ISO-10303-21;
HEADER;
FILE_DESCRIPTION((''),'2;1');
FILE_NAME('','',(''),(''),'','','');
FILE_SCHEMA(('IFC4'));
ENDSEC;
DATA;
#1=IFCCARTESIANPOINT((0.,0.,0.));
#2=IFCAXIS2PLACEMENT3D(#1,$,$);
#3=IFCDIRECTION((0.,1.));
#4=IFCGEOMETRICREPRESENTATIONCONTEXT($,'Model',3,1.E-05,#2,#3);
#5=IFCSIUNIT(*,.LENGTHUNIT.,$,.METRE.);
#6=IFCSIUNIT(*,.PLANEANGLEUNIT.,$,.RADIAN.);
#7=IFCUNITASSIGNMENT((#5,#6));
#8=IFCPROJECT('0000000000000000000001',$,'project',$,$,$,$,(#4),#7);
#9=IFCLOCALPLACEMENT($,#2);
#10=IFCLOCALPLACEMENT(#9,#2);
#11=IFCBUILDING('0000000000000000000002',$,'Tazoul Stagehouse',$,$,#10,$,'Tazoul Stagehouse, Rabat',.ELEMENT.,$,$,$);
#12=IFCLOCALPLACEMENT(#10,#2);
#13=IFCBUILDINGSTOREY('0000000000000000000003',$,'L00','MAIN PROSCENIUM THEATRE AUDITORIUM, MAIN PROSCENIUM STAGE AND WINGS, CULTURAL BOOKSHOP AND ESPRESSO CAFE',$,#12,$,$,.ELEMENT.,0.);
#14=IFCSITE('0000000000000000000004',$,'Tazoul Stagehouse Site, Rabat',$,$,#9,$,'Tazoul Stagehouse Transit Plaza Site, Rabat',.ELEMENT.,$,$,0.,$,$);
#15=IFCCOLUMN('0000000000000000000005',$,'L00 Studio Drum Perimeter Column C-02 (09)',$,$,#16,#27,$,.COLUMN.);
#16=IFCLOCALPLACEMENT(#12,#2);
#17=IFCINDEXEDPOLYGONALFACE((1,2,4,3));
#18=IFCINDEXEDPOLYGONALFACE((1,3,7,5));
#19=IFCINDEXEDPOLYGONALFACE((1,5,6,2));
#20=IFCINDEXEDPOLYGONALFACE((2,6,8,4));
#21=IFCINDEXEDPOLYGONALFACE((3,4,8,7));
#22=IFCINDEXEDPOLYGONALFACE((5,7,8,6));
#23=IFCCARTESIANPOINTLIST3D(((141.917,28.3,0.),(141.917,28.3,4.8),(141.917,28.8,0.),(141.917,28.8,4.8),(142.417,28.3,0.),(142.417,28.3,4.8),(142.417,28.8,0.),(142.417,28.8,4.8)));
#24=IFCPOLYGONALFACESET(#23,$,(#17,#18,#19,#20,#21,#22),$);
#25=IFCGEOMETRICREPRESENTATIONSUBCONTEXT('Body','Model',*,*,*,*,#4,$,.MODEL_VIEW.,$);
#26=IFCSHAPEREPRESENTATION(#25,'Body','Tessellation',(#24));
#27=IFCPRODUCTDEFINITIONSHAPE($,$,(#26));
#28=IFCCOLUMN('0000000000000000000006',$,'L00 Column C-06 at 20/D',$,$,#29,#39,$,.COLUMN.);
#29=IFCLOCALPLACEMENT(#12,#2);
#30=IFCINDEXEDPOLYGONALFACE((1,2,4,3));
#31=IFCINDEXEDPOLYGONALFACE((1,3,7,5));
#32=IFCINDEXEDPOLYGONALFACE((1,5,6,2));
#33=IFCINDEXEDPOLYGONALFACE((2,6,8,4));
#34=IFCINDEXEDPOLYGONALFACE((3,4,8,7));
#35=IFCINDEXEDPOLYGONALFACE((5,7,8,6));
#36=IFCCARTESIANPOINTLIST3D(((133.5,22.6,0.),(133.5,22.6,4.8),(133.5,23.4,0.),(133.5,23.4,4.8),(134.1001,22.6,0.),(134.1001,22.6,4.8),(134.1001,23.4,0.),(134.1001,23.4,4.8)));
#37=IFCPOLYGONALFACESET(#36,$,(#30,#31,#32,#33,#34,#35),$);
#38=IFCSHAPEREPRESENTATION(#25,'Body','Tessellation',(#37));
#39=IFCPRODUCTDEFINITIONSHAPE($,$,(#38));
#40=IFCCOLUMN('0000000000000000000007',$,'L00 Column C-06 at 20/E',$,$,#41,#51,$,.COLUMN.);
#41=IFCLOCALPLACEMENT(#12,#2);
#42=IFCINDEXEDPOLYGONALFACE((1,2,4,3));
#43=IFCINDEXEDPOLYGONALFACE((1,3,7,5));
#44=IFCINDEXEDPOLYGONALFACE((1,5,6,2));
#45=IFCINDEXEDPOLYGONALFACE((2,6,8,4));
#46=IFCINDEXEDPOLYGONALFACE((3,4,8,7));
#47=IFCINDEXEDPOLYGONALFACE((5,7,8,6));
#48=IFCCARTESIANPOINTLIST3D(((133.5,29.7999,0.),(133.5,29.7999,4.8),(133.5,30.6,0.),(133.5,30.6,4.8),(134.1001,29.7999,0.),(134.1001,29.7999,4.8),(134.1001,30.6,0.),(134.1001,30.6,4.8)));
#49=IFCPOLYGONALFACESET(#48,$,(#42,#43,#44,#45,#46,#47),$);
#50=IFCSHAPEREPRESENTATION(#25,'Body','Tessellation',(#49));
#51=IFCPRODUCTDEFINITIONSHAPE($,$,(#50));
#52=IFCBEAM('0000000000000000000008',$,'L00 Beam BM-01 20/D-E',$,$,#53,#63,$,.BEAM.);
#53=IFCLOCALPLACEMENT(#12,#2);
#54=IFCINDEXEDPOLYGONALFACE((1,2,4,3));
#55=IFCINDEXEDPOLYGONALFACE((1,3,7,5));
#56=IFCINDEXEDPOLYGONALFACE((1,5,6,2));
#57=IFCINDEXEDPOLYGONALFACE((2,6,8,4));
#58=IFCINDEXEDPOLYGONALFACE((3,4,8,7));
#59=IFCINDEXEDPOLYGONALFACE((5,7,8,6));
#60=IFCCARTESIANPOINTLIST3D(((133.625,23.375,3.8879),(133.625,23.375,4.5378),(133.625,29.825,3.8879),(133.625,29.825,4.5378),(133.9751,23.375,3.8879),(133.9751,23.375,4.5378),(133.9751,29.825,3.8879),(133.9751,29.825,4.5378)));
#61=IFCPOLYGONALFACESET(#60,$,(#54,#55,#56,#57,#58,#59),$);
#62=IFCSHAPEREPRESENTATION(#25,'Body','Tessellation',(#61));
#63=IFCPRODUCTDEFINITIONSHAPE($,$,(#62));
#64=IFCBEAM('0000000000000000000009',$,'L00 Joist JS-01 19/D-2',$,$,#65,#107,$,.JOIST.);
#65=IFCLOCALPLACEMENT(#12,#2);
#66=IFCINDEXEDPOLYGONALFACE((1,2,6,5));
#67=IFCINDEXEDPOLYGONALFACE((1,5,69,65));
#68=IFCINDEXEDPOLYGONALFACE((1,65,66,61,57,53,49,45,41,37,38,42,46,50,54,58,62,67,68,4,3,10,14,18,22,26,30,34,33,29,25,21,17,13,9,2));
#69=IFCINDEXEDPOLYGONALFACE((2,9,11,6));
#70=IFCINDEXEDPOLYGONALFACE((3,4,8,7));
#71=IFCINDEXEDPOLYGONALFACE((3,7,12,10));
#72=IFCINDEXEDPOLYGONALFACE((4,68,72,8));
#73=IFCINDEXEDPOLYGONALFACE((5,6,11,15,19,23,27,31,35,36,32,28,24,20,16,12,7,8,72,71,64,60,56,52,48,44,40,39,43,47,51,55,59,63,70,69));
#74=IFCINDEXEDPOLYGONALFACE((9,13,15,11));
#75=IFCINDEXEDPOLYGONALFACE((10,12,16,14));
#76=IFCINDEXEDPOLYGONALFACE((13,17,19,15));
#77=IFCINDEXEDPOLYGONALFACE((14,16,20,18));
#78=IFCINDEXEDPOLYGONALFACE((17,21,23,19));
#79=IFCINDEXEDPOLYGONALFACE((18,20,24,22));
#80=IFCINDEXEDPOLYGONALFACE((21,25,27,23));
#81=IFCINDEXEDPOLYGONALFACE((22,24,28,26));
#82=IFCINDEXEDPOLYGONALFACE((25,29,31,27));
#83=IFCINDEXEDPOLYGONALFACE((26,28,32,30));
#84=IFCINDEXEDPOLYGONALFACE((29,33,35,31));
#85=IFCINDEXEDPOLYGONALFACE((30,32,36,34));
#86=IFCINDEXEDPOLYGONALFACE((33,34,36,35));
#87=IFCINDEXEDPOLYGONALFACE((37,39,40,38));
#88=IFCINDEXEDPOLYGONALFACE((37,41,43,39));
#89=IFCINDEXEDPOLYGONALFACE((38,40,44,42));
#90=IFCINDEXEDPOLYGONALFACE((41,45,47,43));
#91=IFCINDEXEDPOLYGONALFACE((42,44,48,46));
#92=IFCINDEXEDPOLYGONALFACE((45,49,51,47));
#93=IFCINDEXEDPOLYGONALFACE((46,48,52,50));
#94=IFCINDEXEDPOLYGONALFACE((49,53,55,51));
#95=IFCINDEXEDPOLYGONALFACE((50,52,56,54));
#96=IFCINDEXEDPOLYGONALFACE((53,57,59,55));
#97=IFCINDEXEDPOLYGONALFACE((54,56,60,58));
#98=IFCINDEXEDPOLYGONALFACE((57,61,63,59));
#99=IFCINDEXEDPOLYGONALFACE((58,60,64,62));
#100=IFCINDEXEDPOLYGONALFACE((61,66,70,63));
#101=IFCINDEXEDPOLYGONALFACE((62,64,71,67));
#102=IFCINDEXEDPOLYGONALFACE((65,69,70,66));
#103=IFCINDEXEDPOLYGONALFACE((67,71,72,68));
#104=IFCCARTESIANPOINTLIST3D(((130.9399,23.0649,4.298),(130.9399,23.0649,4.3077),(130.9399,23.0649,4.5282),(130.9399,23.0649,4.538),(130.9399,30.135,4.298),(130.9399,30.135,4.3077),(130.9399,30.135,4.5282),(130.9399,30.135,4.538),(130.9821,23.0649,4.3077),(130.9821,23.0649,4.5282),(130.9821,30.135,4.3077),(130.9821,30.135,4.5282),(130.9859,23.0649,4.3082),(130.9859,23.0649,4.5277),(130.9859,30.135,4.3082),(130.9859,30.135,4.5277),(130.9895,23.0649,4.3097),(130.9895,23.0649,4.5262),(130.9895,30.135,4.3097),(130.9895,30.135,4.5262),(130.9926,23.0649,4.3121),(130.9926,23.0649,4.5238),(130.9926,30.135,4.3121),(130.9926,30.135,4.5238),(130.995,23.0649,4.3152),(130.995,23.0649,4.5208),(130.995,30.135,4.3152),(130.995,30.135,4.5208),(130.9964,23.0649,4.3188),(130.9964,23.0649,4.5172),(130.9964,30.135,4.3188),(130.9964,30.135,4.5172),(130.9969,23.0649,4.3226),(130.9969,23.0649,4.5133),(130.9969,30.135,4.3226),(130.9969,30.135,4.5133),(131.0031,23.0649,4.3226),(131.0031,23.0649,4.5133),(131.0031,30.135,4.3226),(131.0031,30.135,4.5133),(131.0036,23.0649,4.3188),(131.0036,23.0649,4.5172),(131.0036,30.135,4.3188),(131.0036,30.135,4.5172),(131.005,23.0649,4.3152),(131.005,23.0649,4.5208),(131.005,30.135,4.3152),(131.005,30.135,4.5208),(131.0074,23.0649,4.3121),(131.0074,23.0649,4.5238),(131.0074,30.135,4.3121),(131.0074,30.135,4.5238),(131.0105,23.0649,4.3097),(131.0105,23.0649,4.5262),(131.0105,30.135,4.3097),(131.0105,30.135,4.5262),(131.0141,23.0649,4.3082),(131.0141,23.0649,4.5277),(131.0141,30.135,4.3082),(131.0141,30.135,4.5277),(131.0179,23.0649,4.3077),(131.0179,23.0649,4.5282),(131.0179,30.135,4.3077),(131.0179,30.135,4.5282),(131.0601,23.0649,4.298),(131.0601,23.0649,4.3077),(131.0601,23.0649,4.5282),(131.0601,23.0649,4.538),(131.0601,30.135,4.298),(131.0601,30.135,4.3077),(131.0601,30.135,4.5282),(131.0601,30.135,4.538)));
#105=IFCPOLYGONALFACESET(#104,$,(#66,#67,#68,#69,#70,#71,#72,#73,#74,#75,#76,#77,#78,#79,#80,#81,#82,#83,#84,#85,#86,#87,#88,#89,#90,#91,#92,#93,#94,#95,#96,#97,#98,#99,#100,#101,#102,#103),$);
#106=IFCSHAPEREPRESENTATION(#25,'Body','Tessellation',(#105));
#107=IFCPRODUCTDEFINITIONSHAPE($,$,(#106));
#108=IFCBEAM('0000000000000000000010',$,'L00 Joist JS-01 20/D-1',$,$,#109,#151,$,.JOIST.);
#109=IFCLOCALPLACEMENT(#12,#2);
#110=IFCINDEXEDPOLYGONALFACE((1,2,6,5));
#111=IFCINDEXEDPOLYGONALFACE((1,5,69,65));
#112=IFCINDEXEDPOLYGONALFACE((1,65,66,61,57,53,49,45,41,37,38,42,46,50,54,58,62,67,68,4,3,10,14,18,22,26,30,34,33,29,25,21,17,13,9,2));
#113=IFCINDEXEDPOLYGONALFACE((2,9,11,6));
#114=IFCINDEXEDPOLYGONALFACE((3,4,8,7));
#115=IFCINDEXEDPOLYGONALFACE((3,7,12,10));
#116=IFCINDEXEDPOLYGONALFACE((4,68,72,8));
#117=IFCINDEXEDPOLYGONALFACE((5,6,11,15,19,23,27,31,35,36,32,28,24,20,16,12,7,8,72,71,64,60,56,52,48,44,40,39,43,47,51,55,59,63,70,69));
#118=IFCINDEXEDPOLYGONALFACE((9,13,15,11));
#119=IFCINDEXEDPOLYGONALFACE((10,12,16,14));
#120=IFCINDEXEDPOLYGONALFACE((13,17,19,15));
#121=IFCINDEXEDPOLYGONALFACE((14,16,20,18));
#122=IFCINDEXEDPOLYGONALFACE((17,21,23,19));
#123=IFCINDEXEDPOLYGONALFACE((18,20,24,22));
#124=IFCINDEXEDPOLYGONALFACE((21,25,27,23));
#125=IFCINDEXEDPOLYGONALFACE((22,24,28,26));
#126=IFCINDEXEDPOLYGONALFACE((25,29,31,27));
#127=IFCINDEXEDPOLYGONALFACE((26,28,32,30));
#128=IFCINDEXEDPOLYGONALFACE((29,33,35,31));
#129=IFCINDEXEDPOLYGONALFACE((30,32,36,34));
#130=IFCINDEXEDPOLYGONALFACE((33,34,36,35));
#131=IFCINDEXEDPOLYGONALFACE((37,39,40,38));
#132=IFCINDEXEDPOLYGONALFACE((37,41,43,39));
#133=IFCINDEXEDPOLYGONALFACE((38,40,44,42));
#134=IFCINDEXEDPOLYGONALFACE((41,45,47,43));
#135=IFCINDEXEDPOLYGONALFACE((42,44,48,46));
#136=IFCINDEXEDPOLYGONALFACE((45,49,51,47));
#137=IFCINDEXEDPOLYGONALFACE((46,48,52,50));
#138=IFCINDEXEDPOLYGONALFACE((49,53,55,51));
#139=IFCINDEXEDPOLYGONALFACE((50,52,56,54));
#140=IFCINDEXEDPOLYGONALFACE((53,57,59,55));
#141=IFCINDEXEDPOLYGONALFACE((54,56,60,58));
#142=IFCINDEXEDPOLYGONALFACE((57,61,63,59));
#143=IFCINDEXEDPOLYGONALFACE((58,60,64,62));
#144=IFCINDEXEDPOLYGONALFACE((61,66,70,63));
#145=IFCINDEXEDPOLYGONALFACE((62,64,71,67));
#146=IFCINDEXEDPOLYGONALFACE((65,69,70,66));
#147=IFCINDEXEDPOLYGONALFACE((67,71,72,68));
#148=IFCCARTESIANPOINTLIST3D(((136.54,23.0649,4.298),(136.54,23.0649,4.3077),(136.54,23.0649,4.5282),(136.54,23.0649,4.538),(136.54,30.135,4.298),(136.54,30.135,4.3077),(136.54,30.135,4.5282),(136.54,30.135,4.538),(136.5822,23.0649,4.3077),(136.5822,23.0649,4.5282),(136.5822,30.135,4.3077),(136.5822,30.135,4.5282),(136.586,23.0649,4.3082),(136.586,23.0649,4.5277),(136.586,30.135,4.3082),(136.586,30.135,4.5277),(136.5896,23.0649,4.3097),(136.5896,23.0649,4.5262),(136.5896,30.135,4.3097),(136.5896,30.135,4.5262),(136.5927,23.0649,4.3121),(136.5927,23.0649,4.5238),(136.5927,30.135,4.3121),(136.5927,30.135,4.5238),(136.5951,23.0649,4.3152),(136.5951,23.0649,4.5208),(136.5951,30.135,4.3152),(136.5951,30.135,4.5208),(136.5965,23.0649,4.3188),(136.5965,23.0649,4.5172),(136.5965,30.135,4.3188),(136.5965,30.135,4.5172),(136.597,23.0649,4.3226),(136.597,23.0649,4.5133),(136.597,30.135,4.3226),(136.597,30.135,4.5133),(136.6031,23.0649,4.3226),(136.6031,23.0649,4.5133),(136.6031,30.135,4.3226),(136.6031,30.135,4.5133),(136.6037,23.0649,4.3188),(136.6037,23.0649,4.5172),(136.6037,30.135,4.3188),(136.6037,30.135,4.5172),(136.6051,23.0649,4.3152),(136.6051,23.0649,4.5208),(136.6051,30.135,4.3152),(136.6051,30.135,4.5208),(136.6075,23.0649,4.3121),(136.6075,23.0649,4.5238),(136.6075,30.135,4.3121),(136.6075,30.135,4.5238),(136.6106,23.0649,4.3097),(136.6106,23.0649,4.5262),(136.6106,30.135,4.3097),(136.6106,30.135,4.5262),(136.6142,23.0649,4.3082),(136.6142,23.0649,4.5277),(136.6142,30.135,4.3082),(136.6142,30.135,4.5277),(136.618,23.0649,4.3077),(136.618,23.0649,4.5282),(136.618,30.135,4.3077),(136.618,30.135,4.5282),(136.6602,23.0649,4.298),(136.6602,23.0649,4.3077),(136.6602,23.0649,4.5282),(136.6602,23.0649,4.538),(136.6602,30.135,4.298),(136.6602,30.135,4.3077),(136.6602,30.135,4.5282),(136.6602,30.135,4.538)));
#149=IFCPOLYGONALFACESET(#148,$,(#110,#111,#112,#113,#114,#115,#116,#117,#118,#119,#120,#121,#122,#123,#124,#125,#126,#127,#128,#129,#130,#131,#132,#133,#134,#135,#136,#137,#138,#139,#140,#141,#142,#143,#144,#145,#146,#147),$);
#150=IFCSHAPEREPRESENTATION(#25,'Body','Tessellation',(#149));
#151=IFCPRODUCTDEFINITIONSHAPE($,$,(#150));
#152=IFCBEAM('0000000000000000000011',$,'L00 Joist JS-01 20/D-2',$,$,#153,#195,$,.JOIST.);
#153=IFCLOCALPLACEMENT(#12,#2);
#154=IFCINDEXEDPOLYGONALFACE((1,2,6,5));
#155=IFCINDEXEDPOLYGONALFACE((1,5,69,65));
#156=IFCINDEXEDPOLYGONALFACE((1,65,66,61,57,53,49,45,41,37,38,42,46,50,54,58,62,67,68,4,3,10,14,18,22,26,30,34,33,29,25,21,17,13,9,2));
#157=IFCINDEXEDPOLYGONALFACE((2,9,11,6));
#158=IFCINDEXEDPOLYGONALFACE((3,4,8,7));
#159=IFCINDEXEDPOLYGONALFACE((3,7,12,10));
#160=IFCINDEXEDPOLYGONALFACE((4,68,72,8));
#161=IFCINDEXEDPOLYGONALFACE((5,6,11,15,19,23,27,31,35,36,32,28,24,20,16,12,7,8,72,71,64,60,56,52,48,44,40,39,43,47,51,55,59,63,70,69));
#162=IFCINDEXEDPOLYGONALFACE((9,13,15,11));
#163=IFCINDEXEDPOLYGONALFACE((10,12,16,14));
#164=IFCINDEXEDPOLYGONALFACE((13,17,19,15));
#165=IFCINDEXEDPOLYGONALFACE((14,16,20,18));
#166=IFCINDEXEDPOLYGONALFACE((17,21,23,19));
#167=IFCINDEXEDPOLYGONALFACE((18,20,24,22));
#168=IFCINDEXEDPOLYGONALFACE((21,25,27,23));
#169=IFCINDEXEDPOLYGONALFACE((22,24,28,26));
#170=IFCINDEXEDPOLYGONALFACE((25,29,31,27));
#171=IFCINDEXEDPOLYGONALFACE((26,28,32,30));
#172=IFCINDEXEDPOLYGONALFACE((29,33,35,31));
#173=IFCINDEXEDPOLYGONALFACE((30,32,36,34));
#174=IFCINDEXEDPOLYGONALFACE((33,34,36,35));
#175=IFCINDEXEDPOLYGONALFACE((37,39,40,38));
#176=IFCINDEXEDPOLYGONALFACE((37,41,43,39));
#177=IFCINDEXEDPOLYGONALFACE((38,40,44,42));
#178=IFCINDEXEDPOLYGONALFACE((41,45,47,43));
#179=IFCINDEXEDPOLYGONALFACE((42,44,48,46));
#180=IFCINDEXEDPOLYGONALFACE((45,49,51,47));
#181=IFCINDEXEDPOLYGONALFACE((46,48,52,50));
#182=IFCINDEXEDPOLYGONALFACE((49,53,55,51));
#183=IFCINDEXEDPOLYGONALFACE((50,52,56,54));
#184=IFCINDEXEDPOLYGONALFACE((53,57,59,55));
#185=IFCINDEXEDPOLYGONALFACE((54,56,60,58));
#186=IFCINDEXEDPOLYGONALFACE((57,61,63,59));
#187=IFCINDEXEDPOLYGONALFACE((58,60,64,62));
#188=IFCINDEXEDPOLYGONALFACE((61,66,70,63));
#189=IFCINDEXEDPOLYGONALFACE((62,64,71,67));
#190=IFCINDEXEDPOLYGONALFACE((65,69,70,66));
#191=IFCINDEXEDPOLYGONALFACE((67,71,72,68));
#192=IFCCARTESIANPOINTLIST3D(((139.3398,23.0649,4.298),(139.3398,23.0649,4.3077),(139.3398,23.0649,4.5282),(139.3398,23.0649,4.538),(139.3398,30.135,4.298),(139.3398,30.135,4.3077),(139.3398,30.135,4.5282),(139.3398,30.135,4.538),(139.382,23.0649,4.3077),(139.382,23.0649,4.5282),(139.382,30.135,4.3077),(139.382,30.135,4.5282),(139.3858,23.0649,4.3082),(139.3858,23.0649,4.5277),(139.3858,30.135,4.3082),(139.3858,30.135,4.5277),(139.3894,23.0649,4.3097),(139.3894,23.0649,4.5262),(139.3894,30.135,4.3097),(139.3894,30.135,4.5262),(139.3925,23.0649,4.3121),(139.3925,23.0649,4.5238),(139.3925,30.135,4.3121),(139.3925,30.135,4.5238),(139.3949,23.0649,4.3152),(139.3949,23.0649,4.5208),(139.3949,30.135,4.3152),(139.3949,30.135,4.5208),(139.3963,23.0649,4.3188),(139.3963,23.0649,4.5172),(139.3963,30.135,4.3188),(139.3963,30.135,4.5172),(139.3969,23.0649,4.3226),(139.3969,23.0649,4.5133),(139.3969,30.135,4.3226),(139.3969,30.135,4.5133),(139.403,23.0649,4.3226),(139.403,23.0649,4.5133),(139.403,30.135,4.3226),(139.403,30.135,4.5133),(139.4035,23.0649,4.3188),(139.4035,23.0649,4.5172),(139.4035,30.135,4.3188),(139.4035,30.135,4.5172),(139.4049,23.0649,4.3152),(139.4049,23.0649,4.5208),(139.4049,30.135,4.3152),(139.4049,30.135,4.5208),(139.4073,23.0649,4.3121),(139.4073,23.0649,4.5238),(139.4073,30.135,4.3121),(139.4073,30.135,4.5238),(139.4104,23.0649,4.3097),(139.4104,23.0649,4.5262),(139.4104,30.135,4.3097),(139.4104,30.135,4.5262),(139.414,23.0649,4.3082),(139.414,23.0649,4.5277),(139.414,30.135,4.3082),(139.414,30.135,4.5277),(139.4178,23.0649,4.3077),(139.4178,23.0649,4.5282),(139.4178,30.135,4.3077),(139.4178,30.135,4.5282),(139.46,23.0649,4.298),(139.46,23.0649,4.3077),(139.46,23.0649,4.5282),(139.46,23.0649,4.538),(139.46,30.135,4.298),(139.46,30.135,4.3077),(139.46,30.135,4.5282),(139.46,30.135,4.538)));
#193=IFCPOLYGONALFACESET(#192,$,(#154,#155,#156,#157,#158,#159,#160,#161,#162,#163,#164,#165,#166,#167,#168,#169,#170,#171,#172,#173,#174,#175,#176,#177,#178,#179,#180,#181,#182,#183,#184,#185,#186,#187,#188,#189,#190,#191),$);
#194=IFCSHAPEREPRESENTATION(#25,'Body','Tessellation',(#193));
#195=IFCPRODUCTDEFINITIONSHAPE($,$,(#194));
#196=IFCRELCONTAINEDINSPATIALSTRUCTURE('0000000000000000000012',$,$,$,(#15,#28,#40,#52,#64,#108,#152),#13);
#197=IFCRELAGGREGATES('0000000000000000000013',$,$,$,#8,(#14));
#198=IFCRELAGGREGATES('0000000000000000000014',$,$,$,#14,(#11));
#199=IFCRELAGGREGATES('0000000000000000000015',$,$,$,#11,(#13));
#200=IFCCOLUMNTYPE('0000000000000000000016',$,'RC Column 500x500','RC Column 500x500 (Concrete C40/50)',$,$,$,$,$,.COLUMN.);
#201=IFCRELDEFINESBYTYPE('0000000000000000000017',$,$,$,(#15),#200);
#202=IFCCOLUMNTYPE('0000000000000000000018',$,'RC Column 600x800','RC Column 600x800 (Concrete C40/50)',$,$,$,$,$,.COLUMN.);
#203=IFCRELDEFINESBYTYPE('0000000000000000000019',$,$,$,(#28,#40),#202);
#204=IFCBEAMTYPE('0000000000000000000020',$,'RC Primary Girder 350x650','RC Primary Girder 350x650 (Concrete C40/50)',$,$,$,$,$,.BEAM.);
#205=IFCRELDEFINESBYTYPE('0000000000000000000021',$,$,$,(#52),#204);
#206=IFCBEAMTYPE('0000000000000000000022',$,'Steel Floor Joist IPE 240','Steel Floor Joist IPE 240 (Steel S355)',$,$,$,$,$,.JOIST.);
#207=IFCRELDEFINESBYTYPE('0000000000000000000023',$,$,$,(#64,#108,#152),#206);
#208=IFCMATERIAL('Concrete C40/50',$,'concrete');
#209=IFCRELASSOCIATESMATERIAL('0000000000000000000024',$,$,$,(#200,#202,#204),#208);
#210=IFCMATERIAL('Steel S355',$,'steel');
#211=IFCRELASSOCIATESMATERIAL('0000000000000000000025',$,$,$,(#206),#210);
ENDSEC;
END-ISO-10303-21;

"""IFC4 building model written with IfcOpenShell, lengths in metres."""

from ifc_helpers import new_model, si_unit, direction, frame, origin, origin_2d, place, context, subcontext, project, spatial, rectangle, i_section, extrude, material, material_profile, profile_set, type_object, element, save


model = new_model("IFC4")

# Units and contexts
model_context = context("Model", 3, precision=1e-05, world=origin(), true_north=direction((0.0, 1.0)))
body_context = subcontext(model_context, "Body", "Model", "MODEL_VIEW")
ifc_project = project(units=[si_unit("LENGTHUNIT", "METRE"), si_unit("PLANEANGLEUNIT", "RADIAN")], contexts=[model_context])

# Site, building, storey
site_placement = place(None, origin())
site = spatial("IfcSite", under=ifc_project, at=site_placement, Name="Tazoul Stagehouse Site, Rabat", LongName="Tazoul Stagehouse Transit Plaza Site, Rabat", CompositionType="ELEMENT", RefElevation=0.0)
building_placement = place(site_placement, origin())
building = spatial("IfcBuilding", under=site, at=building_placement, Name="Tazoul Stagehouse", LongName="Tazoul Stagehouse, Rabat", CompositionType="ELEMENT")
storey_placement = place(building_placement, origin())
storey = spatial("IfcBuildingStorey", under=building, at=storey_placement, Name="L00", Description="MAIN PROSCENIUM THEATRE AUDITORIUM, MAIN PROSCENIUM STAGE AND WINGS, CULTURAL BOOKSHOP AND ESPRESSO CAFE", CompositionType="ELEMENT", Elevation=0.0)

# Columns
ifc_material_1 = material(Name="Concrete C40/50", Category="concrete")
ifc_material_profile_1 = material_profile(ifc_material_1, rectangle(XDim=0.5, YDim=0.5, at=origin_2d()), Name="RC 500x500")
ifc_profile_set_1 = profile_set([ifc_material_profile_1], Name="Concrete C40/50")
column_type_1 = type_object("IfcColumnType", Name="RC Column 500x500", Description="RC Column 500x500 (Concrete C40/50)", PredefinedType="COLUMN", material=ifc_profile_set_1)
column_placement = place(storey_placement, frame((142.167, 28.55, 0.0), z_axis=(0.0, 0.0, 1.0), x_axis=(1.0, 0.0, 0.0)))
element("IfcColumn", 1, at=column_placement, inside=storey, type_object=column_type_1, Name="L00 Studio Drum Perimeter Column C-02 (09)", PredefinedType="COLUMN", context=body_context, shape_type="SweptSolid", body=[
    extrude(rectangle(XDim=0.5, YDim=0.5, at=origin_2d()), origin(), (0.0, 0.0, 1.0), 4.8),
])
ifc_material_profile_2 = material_profile(ifc_material_1, rectangle(XDim=0.6001, YDim=0.8, at=origin_2d()), Name="RC 600x800")
ifc_profile_set_2 = profile_set([ifc_material_profile_2], Name="Concrete C40/50")
column_type_2 = type_object("IfcColumnType", Name="RC Column 600x800", Description="RC Column 600x800 (Concrete C40/50)", PredefinedType="COLUMN", material=ifc_profile_set_2)
for number, where, z_axis, x_axis, name in (
    (2, (133.8, 23.0, 0.0), (0.0, 0.0, 1.0), (1.0, 0.0, 0.0), "L00 Column C-06 at 20/D"),
    (3, (133.8, 30.2, 0.0), (0.0, 0.0, 1.0), (1.0, 0.0, 0.0), "L00 Column C-06 at 20/E"),
):
    element("IfcColumn", number, at=place(storey_placement, frame(where, z_axis=z_axis, x_axis=x_axis)), inside=storey, type_object=column_type_2, Name=name, PredefinedType="COLUMN", context=body_context, shape_type="SweptSolid", body=[
        extrude(rectangle(XDim=0.6001, YDim=0.8, at=origin_2d()), origin(), (0.0, 0.0, 1.0), 4.8),
    ])

# Beams
ifc_material_profile_3 = material_profile(ifc_material_1, rectangle(XDim=0.3501, YDim=0.6499, at=origin_2d()), Name="RC 350x650")
ifc_profile_set_3 = profile_set([ifc_material_profile_3], Name="Concrete C40/50")
beam_type_1 = type_object("IfcBeamType", Name="RC Primary Girder 350x650", Description="RC Primary Girder 350x650 (Concrete C40/50)", PredefinedType="BEAM", material=ifc_profile_set_3)
beam_placement = place(storey_placement, frame((133.8, 23.375, 4.2129), z_axis=(0.0, 1.0, 0.0), x_axis=(-1.0, 0.0, 0.0)))
element("IfcBeam", 4, at=beam_placement, inside=storey, type_object=beam_type_1, Name="L00 Beam BM-01 20/D-E", PredefinedType="BEAM", context=body_context, shape_type="SweptSolid", body=[
    extrude(rectangle(XDim=0.3501, YDim=0.6499, at=origin_2d()), origin(), (0.0, 0.0, 1.0), 6.45),
])
ifc_material_2 = material(Name="Steel S355", Category="steel")
ifc_material_profile_4 = material_profile(ifc_material_2, i_section(OverallWidth=0.1201, OverallDepth=0.24, WebThickness=0.0061, FlangeThickness=0.0098, FilletRadius=0.0149, at=origin_2d()), Name="IPE 240")
ifc_profile_set_4 = profile_set([ifc_material_profile_4], Name="Steel S355")
beam_type_2 = type_object("IfcBeamType", Name="Steel Floor Joist IPE 240", Description="Steel Floor Joist IPE 240 (Steel S355)", PredefinedType="JOIST", material=ifc_profile_set_4)
for number, where, z_axis, x_axis, name in (
    (5, (131.0, 23.0649, 4.418), (0.0, 1.0, 0.0), (-1.0, 0.0, 0.0), "L00 Joist JS-01 19/D-2"),
    (6, (136.6001, 23.0649, 4.418), (0.0, 1.0, 0.0), (-1.0, 0.0, 0.0), "L00 Joist JS-01 20/D-1"),
    (7, (139.3999, 23.0649, 4.418), (0.0, 1.0, 0.0), (-1.0, 0.0, 0.0), "L00 Joist JS-01 20/D-2"),
):
    element("IfcBeam", number, at=place(storey_placement, frame(where, z_axis=z_axis, x_axis=x_axis)), inside=storey, type_object=beam_type_2, Name=name, PredefinedType="JOIST", context=body_context, shape_type="SweptSolid", body=[
        extrude(i_section(OverallWidth=0.1201, OverallDepth=0.24, WebThickness=0.0061, FlangeThickness=0.0098, FilletRadius=0.0149, at=origin_2d()), origin(), (0.0, 0.0, 1.0), 7.0701),
    ])

save(model, "model.ifc")
